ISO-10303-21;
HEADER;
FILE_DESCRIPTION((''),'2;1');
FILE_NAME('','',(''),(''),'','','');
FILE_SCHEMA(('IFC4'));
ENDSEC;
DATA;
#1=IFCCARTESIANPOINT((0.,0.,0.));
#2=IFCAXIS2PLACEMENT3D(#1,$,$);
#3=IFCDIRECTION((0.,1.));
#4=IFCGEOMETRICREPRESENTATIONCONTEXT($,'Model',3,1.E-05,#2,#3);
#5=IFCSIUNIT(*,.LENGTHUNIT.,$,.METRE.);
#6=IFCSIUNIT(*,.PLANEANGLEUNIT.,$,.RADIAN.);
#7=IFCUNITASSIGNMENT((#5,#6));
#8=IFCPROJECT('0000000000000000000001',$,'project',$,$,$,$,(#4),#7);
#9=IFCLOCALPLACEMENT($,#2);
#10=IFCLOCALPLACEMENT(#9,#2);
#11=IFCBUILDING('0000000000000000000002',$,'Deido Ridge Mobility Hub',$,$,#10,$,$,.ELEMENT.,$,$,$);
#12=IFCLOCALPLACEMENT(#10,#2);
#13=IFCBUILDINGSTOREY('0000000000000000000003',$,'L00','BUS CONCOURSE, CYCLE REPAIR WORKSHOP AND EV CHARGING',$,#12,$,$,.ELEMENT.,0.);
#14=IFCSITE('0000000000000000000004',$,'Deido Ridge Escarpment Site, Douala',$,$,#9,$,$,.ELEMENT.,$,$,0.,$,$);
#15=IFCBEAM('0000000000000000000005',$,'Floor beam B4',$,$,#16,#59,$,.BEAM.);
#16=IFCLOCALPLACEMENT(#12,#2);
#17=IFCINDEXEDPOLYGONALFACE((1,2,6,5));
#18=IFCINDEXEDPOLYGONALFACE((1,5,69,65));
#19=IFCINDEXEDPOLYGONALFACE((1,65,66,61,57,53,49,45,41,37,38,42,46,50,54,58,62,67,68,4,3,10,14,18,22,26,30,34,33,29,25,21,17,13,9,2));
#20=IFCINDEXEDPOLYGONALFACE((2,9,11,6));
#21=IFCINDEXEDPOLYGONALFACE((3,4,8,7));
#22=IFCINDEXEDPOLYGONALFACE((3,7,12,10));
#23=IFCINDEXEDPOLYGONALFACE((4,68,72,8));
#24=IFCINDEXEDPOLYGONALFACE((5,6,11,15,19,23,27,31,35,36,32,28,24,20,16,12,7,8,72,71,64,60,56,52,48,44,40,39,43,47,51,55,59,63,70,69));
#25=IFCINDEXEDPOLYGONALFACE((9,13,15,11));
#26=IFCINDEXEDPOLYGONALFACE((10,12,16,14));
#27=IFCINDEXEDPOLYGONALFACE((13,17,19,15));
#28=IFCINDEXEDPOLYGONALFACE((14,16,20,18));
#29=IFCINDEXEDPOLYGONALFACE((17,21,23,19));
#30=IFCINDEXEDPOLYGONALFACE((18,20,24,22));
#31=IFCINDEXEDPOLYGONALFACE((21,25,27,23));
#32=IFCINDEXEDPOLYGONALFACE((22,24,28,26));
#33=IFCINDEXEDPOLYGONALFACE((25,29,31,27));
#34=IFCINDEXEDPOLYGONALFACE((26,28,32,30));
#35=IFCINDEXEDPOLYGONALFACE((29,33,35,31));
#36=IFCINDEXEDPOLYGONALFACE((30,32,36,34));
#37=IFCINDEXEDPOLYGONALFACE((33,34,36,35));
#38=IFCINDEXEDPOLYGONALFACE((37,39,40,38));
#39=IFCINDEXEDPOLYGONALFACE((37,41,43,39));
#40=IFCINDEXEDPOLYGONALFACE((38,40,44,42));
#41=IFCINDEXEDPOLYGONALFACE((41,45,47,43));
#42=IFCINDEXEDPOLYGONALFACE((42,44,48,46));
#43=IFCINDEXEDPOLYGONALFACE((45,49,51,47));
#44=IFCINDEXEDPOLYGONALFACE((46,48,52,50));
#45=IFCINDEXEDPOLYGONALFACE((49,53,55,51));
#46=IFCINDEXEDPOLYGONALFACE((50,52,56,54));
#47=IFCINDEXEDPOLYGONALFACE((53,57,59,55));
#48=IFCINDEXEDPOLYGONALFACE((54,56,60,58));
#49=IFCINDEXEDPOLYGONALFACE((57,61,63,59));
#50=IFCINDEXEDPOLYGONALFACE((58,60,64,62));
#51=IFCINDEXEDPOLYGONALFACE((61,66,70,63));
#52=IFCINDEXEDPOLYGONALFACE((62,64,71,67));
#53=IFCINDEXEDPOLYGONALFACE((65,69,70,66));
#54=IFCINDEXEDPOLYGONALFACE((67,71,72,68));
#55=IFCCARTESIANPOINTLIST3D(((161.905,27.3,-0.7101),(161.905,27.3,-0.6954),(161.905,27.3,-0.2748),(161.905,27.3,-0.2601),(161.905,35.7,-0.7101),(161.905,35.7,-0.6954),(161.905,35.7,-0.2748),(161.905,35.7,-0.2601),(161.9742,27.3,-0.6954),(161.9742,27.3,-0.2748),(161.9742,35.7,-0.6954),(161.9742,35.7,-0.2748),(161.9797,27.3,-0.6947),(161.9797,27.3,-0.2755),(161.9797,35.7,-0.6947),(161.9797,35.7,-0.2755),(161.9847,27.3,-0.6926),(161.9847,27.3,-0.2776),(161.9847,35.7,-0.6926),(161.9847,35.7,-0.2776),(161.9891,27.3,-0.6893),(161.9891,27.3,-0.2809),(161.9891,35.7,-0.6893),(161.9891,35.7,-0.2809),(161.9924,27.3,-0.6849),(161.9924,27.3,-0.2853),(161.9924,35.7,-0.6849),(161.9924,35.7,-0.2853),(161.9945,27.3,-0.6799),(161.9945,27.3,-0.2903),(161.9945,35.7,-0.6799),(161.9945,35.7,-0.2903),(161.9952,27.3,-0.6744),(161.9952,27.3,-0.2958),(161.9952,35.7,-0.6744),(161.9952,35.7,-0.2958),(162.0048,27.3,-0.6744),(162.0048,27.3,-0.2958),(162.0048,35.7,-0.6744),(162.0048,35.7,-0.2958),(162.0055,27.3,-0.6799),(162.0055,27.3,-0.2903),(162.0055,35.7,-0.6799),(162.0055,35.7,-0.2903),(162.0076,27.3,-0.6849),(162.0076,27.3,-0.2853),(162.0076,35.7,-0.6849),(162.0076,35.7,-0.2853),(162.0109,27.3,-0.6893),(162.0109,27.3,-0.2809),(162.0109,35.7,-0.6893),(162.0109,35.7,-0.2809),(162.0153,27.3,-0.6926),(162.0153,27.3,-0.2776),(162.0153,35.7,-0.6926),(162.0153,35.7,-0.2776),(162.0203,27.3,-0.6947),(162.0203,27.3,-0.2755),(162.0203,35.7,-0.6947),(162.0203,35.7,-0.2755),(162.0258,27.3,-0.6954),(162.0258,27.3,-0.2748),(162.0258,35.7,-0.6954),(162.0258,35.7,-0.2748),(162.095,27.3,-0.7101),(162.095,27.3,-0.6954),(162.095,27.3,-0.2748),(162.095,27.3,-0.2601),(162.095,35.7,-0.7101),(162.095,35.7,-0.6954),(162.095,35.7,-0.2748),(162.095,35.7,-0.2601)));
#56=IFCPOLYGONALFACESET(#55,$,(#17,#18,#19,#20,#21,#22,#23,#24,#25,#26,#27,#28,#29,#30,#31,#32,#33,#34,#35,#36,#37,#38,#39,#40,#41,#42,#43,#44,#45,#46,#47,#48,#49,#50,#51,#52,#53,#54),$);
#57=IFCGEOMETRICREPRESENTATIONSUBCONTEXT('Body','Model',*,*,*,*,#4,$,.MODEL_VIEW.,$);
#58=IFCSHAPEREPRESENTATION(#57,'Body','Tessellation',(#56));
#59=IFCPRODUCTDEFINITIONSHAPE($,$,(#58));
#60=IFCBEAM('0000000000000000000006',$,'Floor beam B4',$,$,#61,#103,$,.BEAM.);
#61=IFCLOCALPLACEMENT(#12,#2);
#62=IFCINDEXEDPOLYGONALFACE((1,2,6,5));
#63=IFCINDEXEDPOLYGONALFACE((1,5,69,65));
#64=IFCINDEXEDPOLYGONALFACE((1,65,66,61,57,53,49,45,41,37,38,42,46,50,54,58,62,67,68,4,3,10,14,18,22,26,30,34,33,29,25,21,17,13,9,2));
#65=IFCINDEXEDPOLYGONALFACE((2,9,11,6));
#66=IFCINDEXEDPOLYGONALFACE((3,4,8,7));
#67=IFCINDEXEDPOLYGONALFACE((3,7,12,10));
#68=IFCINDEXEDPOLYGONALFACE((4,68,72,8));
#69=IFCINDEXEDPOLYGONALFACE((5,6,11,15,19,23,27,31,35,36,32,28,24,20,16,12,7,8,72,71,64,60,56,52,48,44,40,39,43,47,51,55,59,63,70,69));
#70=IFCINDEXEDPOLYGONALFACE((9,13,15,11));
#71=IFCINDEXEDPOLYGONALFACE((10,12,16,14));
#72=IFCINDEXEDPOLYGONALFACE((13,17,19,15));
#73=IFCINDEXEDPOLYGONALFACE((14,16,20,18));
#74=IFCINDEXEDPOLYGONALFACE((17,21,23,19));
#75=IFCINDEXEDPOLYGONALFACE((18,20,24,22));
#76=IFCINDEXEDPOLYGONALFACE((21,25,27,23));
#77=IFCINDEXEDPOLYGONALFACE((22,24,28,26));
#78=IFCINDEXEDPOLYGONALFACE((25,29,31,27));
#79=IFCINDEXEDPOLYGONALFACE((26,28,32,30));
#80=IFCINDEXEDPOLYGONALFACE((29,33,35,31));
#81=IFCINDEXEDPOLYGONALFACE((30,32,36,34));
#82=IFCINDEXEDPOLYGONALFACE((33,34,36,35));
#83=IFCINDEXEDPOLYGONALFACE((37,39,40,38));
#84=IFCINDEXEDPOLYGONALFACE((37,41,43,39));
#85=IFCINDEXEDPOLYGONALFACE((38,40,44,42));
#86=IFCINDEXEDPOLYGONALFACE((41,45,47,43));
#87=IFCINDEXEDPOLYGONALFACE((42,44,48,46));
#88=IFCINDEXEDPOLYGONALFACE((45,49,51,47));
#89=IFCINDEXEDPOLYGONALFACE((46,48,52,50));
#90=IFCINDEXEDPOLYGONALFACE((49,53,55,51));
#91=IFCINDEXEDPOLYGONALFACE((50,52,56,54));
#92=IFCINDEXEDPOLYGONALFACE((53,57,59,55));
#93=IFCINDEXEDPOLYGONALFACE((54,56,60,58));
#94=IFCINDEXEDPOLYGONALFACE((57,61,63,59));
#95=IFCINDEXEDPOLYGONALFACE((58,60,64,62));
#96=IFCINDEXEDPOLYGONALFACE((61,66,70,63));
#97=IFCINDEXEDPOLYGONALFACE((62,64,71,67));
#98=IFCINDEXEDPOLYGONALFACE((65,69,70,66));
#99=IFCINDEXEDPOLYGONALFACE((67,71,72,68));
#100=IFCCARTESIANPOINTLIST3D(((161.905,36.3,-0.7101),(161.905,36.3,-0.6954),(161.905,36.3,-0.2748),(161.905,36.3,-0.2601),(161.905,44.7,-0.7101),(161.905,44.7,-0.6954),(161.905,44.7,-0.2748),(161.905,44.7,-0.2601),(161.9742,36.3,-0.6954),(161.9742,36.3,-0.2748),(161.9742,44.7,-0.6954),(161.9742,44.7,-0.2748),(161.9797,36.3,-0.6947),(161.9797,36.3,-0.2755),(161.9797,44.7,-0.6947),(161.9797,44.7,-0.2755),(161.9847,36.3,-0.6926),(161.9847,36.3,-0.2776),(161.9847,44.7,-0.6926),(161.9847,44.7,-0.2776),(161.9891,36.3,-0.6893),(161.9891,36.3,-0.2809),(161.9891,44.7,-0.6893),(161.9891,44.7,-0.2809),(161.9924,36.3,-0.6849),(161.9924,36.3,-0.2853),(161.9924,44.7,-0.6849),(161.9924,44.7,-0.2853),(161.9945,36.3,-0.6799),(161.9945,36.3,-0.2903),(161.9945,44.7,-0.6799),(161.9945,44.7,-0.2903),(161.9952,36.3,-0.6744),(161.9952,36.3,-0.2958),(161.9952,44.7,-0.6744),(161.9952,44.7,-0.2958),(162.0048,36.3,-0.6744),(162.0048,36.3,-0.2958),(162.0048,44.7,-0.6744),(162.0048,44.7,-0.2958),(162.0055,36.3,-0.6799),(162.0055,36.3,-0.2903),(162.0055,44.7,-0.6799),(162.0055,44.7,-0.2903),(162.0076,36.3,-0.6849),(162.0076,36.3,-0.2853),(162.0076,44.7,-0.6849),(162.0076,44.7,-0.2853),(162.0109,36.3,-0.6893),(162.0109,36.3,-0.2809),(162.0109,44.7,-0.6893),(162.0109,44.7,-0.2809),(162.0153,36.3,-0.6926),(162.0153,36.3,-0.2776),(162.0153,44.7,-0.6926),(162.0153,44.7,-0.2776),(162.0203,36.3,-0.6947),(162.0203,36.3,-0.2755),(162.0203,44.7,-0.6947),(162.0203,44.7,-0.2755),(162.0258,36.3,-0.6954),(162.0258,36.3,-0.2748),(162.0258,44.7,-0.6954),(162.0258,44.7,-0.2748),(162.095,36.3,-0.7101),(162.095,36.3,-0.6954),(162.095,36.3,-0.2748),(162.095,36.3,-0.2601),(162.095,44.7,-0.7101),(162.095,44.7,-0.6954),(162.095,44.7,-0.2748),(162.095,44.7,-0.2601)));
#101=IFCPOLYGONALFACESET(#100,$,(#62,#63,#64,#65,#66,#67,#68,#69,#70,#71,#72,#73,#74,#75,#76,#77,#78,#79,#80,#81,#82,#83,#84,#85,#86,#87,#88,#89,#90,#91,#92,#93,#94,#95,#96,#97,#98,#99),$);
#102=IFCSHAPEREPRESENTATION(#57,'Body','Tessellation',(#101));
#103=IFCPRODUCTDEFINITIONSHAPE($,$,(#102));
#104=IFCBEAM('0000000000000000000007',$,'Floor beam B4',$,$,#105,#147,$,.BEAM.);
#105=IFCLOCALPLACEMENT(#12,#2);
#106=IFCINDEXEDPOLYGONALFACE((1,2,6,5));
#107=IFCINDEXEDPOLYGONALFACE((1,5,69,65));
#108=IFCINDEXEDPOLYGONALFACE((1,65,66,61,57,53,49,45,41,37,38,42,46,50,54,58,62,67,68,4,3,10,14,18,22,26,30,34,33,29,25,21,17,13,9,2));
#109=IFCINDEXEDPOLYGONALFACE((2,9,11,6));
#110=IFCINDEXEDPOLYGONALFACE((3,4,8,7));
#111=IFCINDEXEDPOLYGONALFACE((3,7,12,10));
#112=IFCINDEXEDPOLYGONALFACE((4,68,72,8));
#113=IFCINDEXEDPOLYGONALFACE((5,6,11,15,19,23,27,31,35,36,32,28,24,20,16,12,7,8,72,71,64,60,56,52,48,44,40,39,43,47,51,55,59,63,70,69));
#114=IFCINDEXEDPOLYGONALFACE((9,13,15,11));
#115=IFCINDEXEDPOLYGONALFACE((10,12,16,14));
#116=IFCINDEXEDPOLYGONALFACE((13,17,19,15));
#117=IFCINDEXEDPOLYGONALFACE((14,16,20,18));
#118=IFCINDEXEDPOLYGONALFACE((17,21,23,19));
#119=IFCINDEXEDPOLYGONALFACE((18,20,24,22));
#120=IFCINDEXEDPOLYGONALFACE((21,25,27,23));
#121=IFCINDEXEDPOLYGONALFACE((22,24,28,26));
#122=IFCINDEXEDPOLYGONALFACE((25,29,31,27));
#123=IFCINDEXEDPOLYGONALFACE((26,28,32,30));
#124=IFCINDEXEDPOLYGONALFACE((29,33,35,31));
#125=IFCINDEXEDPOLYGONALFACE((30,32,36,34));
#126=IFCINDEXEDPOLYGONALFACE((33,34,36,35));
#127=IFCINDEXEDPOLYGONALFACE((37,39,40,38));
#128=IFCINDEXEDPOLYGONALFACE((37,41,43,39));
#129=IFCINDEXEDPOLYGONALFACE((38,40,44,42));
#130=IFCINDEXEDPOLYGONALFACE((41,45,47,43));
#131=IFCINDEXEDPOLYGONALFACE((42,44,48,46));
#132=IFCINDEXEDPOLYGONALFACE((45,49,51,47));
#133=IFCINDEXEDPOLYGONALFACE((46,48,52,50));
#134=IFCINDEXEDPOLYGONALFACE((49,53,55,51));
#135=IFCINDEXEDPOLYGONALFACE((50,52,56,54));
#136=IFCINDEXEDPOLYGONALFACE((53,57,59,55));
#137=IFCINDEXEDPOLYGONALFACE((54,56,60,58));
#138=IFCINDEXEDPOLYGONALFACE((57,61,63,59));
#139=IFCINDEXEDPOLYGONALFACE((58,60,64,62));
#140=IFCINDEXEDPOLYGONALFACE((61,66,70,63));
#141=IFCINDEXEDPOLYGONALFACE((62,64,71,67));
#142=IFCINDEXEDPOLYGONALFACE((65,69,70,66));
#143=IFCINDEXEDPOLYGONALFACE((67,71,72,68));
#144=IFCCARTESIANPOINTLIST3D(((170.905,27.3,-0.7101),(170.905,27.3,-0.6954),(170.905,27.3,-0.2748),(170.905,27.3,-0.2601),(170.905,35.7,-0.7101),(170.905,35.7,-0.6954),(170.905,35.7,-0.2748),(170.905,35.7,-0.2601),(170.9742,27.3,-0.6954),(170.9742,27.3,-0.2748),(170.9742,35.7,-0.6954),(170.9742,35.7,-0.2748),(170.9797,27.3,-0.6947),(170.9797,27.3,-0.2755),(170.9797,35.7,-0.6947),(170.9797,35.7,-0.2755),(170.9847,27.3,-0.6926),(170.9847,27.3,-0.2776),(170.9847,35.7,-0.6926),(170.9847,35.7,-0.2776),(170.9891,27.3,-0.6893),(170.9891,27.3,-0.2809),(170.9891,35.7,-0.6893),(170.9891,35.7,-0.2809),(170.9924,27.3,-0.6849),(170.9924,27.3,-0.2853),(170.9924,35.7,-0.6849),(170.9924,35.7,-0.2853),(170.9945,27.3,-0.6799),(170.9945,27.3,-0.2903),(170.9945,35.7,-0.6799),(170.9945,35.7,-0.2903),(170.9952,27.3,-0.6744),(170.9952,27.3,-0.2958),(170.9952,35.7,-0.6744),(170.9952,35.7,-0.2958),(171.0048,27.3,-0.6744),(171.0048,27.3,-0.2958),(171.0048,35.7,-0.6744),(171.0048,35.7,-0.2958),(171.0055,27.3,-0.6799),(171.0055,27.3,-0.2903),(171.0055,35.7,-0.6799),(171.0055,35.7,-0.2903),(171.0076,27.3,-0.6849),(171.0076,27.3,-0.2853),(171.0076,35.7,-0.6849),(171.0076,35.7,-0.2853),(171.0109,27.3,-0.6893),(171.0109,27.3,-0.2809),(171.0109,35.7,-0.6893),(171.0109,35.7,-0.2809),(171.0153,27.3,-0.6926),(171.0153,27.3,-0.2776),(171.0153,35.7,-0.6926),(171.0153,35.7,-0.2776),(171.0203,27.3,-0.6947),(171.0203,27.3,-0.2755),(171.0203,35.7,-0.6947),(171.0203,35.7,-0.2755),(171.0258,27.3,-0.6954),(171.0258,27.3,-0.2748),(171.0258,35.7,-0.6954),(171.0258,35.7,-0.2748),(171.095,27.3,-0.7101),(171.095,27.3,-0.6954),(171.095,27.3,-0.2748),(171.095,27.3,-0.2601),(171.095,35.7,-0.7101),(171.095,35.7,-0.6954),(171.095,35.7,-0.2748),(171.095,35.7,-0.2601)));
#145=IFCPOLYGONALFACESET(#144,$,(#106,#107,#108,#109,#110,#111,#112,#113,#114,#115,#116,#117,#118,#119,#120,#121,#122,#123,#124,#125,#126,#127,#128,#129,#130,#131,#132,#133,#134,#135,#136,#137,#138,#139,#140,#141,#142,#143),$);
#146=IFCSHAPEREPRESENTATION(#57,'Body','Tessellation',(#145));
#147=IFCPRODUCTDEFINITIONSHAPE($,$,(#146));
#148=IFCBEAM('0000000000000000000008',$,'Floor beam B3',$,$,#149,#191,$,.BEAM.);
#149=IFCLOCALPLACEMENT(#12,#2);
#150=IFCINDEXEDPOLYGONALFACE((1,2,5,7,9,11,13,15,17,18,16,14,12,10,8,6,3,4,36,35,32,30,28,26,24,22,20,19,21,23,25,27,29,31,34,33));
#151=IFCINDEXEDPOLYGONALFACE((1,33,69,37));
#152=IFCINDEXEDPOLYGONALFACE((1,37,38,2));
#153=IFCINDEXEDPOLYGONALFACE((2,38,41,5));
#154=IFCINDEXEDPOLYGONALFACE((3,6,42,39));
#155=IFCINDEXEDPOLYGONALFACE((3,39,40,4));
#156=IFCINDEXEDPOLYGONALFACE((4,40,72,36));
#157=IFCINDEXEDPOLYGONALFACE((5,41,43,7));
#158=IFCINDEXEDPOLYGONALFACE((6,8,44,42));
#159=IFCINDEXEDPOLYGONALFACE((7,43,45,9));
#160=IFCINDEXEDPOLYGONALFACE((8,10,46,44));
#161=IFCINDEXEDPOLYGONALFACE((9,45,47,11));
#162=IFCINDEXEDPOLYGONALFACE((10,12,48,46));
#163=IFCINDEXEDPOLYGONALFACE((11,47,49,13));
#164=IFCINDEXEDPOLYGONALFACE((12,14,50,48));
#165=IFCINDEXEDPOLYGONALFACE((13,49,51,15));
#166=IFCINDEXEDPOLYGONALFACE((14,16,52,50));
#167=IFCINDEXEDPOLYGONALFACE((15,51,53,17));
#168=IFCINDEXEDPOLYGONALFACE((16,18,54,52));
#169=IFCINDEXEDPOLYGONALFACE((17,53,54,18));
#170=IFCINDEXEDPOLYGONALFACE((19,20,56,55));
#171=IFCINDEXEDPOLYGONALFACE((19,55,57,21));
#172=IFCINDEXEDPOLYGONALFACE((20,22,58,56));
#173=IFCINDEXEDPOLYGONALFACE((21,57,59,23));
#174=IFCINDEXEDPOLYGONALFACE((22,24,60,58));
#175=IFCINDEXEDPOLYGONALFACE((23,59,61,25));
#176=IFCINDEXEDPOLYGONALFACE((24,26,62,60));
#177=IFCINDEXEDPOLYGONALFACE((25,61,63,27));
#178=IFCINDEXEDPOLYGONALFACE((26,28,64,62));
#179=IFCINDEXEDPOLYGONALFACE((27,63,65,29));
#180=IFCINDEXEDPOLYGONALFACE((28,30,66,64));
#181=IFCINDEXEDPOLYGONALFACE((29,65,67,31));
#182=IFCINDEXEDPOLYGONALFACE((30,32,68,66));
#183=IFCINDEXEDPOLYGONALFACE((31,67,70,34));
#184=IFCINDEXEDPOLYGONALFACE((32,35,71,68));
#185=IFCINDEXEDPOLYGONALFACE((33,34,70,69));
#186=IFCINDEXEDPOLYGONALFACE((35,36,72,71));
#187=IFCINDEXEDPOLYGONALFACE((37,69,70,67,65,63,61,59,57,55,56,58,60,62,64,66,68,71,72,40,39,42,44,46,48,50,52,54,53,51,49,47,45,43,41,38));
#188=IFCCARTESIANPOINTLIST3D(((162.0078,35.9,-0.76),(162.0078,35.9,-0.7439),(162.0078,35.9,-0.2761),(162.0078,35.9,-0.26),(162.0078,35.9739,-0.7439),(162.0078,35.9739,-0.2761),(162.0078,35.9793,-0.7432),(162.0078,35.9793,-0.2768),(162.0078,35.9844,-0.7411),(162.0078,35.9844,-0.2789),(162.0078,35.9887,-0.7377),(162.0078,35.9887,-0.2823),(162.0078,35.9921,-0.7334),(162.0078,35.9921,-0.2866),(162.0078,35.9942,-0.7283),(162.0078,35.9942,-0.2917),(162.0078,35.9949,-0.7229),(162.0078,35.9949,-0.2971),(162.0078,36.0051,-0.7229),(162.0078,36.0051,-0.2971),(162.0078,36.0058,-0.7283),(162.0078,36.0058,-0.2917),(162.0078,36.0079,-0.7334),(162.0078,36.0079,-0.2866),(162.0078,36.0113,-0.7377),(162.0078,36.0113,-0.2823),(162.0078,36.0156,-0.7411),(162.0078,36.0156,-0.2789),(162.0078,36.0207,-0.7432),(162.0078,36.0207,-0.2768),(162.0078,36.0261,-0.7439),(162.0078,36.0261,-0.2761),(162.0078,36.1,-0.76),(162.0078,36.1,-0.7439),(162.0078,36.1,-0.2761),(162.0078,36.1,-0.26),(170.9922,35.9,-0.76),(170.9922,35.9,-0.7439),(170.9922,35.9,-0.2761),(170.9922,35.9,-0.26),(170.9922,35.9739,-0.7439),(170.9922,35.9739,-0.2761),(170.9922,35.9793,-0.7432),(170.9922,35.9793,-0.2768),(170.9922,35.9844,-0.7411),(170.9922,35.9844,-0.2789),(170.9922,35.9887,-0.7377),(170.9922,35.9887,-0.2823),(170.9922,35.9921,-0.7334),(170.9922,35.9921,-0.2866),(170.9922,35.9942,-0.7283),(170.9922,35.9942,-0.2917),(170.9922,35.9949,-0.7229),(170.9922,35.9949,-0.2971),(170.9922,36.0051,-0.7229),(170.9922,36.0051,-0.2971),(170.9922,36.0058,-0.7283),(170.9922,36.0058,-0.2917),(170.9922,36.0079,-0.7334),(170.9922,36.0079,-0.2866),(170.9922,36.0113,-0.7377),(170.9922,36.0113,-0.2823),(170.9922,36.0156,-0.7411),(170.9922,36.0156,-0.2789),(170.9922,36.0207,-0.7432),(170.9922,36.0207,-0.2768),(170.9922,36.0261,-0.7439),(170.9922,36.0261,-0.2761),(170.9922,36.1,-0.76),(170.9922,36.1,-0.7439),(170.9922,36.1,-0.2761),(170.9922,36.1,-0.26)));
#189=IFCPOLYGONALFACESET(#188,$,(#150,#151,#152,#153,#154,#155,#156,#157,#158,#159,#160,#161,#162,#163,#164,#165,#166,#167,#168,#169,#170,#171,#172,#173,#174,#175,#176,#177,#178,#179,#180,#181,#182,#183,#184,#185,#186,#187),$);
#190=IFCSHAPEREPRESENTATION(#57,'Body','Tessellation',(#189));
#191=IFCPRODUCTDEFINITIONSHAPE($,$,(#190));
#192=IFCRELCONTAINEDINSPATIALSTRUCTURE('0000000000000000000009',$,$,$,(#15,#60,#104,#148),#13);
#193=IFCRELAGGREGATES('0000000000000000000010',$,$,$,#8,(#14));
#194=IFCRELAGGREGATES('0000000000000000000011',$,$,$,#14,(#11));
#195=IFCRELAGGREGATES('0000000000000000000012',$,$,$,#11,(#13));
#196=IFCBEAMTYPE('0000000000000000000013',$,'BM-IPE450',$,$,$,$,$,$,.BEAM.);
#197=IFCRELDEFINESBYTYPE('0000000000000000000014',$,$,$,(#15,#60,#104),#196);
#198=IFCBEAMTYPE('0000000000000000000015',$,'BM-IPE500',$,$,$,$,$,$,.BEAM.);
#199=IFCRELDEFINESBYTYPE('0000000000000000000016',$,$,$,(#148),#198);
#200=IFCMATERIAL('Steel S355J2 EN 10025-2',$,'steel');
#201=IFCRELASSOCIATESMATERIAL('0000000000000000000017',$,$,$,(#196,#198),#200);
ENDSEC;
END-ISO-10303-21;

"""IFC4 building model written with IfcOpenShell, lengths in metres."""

from ifc_helpers import new_model, si_unit, direction, frame, origin, origin_2d, place, context, subcontext, project, spatial, i_section, extrude, material, material_profile, profile_set, type_object, element, save


model = new_model("IFC4")

# Units and contexts
model_context = context("Model", 3, precision=1e-05, world=origin(), true_north=direction((0.0, 1.0)))
body_context = subcontext(model_context, "Body", "Model", "MODEL_VIEW")
ifc_project = project(units=[si_unit("LENGTHUNIT", "METRE"), si_unit("PLANEANGLEUNIT", "RADIAN")], contexts=[model_context])

# Site, building, storey
site_placement = place(None, origin())
site = spatial("IfcSite", under=ifc_project, at=site_placement, Name="Deido Ridge Escarpment Site, Douala", CompositionType="ELEMENT", RefElevation=0.0)
building_placement = place(site_placement, origin())
building = spatial("IfcBuilding", under=site, at=building_placement, Name="Deido Ridge Mobility Hub", CompositionType="ELEMENT")
storey_placement = place(building_placement, origin())
storey = spatial("IfcBuildingStorey", under=building, at=storey_placement, Name="L00", Description="BUS CONCOURSE, CYCLE REPAIR WORKSHOP AND EV CHARGING", CompositionType="ELEMENT", Elevation=0.0)

# Shared definitions
ifc_material_1 = material(Name="Steel S355J2 EN 10025-2", Category="steel")

# Beams
ifc_material_profile_1 = material_profile(ifc_material_1, i_section(OverallWidth=0.1899, OverallDepth=0.45, WebThickness=0.0095, FlangeThickness=0.0146, FilletRadius=0.021, at=origin_2d()), Name="IPE 450")
ifc_profile_set_1 = profile_set([ifc_material_profile_1], Name="Steel S355J2 EN 10025-2")
beam_type_1 = type_object("IfcBeamType", Name="BM-IPE450", PredefinedType="BEAM", material=ifc_profile_set_1)
for number, where, z_axis, x_axis, name in (
    (1, (162.0, 27.3, -0.4851), (0.0, 1.0, 0.0), (-1.0, 0.0, 0.0), "Floor beam B4"),
    (2, (162.0, 36.3, -0.4851), (0.0, 1.0, 0.0), (-1.0, 0.0, 0.0), "Floor beam B4"),
    (3, (171.0, 27.3, -0.4851), (0.0, 1.0, 0.0), (-1.0, 0.0, 0.0), "Floor beam B4"),
):
    element("IfcBeam", number, at=place(storey_placement, frame(where, z_axis=z_axis, x_axis=x_axis)), inside=storey, type_object=beam_type_1, Name=name, PredefinedType="BEAM", context=body_context, shape_type="SweptSolid", body=[
        extrude(i_section(OverallWidth=0.1899, OverallDepth=0.45, WebThickness=0.0095, FlangeThickness=0.0146, FilletRadius=0.021, at=origin_2d()), origin(), (0.0, 0.0, 1.0), 8.3999),
    ])
ifc_material_profile_2 = material_profile(ifc_material_1, i_section(OverallWidth=0.2, OverallDepth=0.5, WebThickness=0.0103, FlangeThickness=0.0161, FilletRadius=0.021, at=origin_2d()), Name="IPE 500")
ifc_profile_set_2 = profile_set([ifc_material_profile_2], Name="Steel S355J2 EN 10025-2")
beam_type_2 = type_object("IfcBeamType", Name="BM-IPE500", PredefinedType="BEAM", material=ifc_profile_set_2)
for number, where, z_axis, x_axis, name in (
    (4, (162.0078, 36.0, -0.51), (1.0, 0.0, 0.0), (0.0, 1.0, 0.0), "Floor beam B3"),
):
    element("IfcBeam", number, at=place(storey_placement, frame(where, z_axis=z_axis, x_axis=x_axis)), inside=storey, type_object=beam_type_2, Name=name, PredefinedType="BEAM", context=body_context, shape_type="SweptSolid", body=[
        extrude(i_section(OverallWidth=0.2, OverallDepth=0.5, WebThickness=0.0103, FlangeThickness=0.0161, FilletRadius=0.021, at=origin_2d()), origin(), (0.0, 0.0, 1.0), 8.9844),
    ])

save(model, "model.ifc")
